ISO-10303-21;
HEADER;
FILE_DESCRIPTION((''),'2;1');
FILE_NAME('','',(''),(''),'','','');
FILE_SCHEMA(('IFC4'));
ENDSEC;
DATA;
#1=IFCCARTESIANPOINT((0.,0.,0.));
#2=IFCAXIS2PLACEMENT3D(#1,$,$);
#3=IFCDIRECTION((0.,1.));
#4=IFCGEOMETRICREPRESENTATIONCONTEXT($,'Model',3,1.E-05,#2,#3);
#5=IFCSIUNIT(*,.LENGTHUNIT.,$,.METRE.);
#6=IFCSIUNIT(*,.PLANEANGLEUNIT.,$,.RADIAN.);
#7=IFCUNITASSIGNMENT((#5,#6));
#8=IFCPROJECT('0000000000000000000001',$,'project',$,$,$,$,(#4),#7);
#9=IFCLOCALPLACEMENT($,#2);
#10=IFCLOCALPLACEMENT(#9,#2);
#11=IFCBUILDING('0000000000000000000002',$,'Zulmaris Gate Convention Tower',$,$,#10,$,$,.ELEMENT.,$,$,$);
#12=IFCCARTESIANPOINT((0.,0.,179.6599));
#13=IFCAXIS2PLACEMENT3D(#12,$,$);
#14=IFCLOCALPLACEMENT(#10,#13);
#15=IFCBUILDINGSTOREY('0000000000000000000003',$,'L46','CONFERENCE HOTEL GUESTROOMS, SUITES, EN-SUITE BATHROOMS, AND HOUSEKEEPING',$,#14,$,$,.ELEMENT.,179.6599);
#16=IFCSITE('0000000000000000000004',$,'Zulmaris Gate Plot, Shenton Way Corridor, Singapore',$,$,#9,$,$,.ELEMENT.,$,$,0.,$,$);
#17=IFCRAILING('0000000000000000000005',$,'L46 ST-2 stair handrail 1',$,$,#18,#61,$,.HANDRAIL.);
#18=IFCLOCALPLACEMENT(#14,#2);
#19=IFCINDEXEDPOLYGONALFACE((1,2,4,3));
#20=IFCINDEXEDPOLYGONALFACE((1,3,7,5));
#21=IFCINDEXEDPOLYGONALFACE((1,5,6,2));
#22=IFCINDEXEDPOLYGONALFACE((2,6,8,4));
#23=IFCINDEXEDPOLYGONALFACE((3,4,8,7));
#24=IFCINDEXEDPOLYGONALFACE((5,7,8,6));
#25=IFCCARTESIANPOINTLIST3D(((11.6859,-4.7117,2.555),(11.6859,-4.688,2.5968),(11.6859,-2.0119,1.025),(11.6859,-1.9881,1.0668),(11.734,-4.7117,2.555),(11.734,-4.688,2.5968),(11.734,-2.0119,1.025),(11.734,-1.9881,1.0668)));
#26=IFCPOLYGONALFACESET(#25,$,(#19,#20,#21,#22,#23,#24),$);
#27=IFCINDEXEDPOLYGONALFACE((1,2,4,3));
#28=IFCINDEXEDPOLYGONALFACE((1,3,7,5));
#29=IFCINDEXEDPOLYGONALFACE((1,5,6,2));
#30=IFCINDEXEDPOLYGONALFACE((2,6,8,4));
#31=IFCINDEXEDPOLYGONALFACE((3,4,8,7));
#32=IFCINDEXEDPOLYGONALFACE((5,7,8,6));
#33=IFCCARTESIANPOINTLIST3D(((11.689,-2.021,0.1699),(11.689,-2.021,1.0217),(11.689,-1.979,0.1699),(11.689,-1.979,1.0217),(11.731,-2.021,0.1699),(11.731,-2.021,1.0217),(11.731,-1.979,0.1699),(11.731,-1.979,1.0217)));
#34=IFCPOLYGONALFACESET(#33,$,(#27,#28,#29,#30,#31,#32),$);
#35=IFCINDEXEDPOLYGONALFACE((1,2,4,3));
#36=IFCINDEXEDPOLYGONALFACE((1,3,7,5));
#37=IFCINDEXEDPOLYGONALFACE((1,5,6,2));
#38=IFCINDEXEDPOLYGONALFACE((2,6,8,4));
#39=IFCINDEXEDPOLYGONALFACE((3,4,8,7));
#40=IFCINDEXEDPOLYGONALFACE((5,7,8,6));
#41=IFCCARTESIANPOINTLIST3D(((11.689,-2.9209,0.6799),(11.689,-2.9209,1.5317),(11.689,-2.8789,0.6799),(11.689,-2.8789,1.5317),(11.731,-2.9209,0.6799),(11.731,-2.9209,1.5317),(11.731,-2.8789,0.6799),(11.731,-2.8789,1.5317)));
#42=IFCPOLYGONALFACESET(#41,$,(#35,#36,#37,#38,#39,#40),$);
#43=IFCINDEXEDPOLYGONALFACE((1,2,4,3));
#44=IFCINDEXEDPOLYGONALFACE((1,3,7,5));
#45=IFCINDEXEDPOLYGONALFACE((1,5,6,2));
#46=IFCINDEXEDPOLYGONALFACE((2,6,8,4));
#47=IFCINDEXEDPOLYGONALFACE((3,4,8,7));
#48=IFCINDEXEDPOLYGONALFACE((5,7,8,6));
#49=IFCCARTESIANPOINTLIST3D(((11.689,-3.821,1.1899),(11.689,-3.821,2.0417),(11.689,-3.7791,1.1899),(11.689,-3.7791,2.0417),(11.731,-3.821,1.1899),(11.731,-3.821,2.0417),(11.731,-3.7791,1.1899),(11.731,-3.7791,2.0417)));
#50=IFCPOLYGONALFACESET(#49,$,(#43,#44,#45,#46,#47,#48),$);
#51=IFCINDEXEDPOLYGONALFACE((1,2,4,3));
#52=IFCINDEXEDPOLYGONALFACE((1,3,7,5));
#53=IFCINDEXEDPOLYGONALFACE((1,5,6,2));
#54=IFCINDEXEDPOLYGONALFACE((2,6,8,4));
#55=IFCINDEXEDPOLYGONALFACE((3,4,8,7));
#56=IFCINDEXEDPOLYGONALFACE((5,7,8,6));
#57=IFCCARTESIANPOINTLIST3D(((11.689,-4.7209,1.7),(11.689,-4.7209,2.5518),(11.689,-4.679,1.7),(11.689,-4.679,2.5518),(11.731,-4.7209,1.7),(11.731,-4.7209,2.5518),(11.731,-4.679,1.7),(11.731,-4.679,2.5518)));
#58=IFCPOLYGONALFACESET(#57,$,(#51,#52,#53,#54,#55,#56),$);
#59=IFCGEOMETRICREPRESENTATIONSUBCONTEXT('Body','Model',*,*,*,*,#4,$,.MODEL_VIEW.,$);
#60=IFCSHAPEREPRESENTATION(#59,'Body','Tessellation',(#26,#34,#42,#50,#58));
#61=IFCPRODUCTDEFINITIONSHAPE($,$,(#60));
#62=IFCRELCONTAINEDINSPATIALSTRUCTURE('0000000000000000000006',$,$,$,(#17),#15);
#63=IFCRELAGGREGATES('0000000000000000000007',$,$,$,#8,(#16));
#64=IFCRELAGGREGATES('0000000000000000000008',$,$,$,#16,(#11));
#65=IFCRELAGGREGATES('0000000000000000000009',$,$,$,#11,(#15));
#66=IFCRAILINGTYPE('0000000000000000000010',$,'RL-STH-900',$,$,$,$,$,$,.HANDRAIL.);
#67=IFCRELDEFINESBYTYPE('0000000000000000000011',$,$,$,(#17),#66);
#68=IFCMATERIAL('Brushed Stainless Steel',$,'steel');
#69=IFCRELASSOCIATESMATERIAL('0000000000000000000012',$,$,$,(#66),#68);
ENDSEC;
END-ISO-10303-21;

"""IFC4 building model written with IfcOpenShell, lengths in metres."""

from ifc_helpers import new_model, si_unit, direction, frame, origin, origin_2d, place, context, subcontext, project, spatial, rectangle, extrude, material, type_object, element, save


model = new_model("IFC4")

# Units and contexts
model_context = context("Model", 3, precision=1e-05, world=origin(), true_north=direction((0.0, 1.0)))
body_context = subcontext(model_context, "Body", "Model", "MODEL_VIEW")
ifc_project = project(units=[si_unit("LENGTHUNIT", "METRE"), si_unit("PLANEANGLEUNIT", "RADIAN")], contexts=[model_context])

# Site, building, storey
site_placement = place(None, origin())
site = spatial("IfcSite", under=ifc_project, at=site_placement, Name="Zulmaris Gate Plot, Shenton Way Corridor, Singapore", CompositionType="ELEMENT", RefElevation=0.0)
building_placement = place(site_placement, origin())
building = spatial("IfcBuilding", under=site, at=building_placement, Name="Zulmaris Gate Convention Tower", CompositionType="ELEMENT")
storey_placement = place(building_placement, frame((0.0, 0.0, 179.6599)))
storey = spatial("IfcBuildingStorey", under=building, at=storey_placement, Name="L46", Description="CONFERENCE HOTEL GUESTROOMS, SUITES, EN-SUITE BATHROOMS, AND HOUSEKEEPING", CompositionType="ELEMENT", Elevation=179.6599)

# Railing
ifc_material_1 = material(Name="Brushed Stainless Steel", Category="steel")
railing_type_1 = type_object("IfcRailingType", Name="RL-STH-900", PredefinedType="HANDRAIL", material=ifc_material_1)
railing_1_placement = place(storey_placement, frame((11.71, -2.0, 0.1699)))
element("IfcRailing", 1, at=railing_1_placement, inside=storey, type_object=railing_type_1, Name="L46 ST-2 stair handrail 1", PredefinedType="HANDRAIL", context=body_context, shape_type="SweptSolid", body=[
    extrude(rectangle(XDim=0.0481, YDim=0.0481, at=origin_2d()), frame((0.0, 0.0, 0.876), z_axis=(0.0, -0.870014, 0.493026), x_axis=(1.0, 0.0, 0.0)), (0.0, 0.0, 1.0), 3.1033),
    extrude(rectangle(XDim=0.042, YDim=0.042, at=origin_2d()), origin(), (0.0, 0.0, 1.0), 0.8518),
    extrude(rectangle(XDim=0.042, YDim=0.042, at=origin_2d()), frame((0.0, -0.8999, 0.51)), (0.0, 0.0, 1.0), 0.8518),
    extrude(rectangle(XDim=0.042, YDim=0.042, at=origin_2d()), frame((0.0, -1.8, 1.02)), (0.0, 0.0, 1.0), 0.8518),
    extrude(rectangle(XDim=0.042, YDim=0.042, at=origin_2d()), frame((0.0, -2.7, 1.53)), (0.0, 0.0, 1.0), 0.8518),
])

save(model, "model.ifc")
